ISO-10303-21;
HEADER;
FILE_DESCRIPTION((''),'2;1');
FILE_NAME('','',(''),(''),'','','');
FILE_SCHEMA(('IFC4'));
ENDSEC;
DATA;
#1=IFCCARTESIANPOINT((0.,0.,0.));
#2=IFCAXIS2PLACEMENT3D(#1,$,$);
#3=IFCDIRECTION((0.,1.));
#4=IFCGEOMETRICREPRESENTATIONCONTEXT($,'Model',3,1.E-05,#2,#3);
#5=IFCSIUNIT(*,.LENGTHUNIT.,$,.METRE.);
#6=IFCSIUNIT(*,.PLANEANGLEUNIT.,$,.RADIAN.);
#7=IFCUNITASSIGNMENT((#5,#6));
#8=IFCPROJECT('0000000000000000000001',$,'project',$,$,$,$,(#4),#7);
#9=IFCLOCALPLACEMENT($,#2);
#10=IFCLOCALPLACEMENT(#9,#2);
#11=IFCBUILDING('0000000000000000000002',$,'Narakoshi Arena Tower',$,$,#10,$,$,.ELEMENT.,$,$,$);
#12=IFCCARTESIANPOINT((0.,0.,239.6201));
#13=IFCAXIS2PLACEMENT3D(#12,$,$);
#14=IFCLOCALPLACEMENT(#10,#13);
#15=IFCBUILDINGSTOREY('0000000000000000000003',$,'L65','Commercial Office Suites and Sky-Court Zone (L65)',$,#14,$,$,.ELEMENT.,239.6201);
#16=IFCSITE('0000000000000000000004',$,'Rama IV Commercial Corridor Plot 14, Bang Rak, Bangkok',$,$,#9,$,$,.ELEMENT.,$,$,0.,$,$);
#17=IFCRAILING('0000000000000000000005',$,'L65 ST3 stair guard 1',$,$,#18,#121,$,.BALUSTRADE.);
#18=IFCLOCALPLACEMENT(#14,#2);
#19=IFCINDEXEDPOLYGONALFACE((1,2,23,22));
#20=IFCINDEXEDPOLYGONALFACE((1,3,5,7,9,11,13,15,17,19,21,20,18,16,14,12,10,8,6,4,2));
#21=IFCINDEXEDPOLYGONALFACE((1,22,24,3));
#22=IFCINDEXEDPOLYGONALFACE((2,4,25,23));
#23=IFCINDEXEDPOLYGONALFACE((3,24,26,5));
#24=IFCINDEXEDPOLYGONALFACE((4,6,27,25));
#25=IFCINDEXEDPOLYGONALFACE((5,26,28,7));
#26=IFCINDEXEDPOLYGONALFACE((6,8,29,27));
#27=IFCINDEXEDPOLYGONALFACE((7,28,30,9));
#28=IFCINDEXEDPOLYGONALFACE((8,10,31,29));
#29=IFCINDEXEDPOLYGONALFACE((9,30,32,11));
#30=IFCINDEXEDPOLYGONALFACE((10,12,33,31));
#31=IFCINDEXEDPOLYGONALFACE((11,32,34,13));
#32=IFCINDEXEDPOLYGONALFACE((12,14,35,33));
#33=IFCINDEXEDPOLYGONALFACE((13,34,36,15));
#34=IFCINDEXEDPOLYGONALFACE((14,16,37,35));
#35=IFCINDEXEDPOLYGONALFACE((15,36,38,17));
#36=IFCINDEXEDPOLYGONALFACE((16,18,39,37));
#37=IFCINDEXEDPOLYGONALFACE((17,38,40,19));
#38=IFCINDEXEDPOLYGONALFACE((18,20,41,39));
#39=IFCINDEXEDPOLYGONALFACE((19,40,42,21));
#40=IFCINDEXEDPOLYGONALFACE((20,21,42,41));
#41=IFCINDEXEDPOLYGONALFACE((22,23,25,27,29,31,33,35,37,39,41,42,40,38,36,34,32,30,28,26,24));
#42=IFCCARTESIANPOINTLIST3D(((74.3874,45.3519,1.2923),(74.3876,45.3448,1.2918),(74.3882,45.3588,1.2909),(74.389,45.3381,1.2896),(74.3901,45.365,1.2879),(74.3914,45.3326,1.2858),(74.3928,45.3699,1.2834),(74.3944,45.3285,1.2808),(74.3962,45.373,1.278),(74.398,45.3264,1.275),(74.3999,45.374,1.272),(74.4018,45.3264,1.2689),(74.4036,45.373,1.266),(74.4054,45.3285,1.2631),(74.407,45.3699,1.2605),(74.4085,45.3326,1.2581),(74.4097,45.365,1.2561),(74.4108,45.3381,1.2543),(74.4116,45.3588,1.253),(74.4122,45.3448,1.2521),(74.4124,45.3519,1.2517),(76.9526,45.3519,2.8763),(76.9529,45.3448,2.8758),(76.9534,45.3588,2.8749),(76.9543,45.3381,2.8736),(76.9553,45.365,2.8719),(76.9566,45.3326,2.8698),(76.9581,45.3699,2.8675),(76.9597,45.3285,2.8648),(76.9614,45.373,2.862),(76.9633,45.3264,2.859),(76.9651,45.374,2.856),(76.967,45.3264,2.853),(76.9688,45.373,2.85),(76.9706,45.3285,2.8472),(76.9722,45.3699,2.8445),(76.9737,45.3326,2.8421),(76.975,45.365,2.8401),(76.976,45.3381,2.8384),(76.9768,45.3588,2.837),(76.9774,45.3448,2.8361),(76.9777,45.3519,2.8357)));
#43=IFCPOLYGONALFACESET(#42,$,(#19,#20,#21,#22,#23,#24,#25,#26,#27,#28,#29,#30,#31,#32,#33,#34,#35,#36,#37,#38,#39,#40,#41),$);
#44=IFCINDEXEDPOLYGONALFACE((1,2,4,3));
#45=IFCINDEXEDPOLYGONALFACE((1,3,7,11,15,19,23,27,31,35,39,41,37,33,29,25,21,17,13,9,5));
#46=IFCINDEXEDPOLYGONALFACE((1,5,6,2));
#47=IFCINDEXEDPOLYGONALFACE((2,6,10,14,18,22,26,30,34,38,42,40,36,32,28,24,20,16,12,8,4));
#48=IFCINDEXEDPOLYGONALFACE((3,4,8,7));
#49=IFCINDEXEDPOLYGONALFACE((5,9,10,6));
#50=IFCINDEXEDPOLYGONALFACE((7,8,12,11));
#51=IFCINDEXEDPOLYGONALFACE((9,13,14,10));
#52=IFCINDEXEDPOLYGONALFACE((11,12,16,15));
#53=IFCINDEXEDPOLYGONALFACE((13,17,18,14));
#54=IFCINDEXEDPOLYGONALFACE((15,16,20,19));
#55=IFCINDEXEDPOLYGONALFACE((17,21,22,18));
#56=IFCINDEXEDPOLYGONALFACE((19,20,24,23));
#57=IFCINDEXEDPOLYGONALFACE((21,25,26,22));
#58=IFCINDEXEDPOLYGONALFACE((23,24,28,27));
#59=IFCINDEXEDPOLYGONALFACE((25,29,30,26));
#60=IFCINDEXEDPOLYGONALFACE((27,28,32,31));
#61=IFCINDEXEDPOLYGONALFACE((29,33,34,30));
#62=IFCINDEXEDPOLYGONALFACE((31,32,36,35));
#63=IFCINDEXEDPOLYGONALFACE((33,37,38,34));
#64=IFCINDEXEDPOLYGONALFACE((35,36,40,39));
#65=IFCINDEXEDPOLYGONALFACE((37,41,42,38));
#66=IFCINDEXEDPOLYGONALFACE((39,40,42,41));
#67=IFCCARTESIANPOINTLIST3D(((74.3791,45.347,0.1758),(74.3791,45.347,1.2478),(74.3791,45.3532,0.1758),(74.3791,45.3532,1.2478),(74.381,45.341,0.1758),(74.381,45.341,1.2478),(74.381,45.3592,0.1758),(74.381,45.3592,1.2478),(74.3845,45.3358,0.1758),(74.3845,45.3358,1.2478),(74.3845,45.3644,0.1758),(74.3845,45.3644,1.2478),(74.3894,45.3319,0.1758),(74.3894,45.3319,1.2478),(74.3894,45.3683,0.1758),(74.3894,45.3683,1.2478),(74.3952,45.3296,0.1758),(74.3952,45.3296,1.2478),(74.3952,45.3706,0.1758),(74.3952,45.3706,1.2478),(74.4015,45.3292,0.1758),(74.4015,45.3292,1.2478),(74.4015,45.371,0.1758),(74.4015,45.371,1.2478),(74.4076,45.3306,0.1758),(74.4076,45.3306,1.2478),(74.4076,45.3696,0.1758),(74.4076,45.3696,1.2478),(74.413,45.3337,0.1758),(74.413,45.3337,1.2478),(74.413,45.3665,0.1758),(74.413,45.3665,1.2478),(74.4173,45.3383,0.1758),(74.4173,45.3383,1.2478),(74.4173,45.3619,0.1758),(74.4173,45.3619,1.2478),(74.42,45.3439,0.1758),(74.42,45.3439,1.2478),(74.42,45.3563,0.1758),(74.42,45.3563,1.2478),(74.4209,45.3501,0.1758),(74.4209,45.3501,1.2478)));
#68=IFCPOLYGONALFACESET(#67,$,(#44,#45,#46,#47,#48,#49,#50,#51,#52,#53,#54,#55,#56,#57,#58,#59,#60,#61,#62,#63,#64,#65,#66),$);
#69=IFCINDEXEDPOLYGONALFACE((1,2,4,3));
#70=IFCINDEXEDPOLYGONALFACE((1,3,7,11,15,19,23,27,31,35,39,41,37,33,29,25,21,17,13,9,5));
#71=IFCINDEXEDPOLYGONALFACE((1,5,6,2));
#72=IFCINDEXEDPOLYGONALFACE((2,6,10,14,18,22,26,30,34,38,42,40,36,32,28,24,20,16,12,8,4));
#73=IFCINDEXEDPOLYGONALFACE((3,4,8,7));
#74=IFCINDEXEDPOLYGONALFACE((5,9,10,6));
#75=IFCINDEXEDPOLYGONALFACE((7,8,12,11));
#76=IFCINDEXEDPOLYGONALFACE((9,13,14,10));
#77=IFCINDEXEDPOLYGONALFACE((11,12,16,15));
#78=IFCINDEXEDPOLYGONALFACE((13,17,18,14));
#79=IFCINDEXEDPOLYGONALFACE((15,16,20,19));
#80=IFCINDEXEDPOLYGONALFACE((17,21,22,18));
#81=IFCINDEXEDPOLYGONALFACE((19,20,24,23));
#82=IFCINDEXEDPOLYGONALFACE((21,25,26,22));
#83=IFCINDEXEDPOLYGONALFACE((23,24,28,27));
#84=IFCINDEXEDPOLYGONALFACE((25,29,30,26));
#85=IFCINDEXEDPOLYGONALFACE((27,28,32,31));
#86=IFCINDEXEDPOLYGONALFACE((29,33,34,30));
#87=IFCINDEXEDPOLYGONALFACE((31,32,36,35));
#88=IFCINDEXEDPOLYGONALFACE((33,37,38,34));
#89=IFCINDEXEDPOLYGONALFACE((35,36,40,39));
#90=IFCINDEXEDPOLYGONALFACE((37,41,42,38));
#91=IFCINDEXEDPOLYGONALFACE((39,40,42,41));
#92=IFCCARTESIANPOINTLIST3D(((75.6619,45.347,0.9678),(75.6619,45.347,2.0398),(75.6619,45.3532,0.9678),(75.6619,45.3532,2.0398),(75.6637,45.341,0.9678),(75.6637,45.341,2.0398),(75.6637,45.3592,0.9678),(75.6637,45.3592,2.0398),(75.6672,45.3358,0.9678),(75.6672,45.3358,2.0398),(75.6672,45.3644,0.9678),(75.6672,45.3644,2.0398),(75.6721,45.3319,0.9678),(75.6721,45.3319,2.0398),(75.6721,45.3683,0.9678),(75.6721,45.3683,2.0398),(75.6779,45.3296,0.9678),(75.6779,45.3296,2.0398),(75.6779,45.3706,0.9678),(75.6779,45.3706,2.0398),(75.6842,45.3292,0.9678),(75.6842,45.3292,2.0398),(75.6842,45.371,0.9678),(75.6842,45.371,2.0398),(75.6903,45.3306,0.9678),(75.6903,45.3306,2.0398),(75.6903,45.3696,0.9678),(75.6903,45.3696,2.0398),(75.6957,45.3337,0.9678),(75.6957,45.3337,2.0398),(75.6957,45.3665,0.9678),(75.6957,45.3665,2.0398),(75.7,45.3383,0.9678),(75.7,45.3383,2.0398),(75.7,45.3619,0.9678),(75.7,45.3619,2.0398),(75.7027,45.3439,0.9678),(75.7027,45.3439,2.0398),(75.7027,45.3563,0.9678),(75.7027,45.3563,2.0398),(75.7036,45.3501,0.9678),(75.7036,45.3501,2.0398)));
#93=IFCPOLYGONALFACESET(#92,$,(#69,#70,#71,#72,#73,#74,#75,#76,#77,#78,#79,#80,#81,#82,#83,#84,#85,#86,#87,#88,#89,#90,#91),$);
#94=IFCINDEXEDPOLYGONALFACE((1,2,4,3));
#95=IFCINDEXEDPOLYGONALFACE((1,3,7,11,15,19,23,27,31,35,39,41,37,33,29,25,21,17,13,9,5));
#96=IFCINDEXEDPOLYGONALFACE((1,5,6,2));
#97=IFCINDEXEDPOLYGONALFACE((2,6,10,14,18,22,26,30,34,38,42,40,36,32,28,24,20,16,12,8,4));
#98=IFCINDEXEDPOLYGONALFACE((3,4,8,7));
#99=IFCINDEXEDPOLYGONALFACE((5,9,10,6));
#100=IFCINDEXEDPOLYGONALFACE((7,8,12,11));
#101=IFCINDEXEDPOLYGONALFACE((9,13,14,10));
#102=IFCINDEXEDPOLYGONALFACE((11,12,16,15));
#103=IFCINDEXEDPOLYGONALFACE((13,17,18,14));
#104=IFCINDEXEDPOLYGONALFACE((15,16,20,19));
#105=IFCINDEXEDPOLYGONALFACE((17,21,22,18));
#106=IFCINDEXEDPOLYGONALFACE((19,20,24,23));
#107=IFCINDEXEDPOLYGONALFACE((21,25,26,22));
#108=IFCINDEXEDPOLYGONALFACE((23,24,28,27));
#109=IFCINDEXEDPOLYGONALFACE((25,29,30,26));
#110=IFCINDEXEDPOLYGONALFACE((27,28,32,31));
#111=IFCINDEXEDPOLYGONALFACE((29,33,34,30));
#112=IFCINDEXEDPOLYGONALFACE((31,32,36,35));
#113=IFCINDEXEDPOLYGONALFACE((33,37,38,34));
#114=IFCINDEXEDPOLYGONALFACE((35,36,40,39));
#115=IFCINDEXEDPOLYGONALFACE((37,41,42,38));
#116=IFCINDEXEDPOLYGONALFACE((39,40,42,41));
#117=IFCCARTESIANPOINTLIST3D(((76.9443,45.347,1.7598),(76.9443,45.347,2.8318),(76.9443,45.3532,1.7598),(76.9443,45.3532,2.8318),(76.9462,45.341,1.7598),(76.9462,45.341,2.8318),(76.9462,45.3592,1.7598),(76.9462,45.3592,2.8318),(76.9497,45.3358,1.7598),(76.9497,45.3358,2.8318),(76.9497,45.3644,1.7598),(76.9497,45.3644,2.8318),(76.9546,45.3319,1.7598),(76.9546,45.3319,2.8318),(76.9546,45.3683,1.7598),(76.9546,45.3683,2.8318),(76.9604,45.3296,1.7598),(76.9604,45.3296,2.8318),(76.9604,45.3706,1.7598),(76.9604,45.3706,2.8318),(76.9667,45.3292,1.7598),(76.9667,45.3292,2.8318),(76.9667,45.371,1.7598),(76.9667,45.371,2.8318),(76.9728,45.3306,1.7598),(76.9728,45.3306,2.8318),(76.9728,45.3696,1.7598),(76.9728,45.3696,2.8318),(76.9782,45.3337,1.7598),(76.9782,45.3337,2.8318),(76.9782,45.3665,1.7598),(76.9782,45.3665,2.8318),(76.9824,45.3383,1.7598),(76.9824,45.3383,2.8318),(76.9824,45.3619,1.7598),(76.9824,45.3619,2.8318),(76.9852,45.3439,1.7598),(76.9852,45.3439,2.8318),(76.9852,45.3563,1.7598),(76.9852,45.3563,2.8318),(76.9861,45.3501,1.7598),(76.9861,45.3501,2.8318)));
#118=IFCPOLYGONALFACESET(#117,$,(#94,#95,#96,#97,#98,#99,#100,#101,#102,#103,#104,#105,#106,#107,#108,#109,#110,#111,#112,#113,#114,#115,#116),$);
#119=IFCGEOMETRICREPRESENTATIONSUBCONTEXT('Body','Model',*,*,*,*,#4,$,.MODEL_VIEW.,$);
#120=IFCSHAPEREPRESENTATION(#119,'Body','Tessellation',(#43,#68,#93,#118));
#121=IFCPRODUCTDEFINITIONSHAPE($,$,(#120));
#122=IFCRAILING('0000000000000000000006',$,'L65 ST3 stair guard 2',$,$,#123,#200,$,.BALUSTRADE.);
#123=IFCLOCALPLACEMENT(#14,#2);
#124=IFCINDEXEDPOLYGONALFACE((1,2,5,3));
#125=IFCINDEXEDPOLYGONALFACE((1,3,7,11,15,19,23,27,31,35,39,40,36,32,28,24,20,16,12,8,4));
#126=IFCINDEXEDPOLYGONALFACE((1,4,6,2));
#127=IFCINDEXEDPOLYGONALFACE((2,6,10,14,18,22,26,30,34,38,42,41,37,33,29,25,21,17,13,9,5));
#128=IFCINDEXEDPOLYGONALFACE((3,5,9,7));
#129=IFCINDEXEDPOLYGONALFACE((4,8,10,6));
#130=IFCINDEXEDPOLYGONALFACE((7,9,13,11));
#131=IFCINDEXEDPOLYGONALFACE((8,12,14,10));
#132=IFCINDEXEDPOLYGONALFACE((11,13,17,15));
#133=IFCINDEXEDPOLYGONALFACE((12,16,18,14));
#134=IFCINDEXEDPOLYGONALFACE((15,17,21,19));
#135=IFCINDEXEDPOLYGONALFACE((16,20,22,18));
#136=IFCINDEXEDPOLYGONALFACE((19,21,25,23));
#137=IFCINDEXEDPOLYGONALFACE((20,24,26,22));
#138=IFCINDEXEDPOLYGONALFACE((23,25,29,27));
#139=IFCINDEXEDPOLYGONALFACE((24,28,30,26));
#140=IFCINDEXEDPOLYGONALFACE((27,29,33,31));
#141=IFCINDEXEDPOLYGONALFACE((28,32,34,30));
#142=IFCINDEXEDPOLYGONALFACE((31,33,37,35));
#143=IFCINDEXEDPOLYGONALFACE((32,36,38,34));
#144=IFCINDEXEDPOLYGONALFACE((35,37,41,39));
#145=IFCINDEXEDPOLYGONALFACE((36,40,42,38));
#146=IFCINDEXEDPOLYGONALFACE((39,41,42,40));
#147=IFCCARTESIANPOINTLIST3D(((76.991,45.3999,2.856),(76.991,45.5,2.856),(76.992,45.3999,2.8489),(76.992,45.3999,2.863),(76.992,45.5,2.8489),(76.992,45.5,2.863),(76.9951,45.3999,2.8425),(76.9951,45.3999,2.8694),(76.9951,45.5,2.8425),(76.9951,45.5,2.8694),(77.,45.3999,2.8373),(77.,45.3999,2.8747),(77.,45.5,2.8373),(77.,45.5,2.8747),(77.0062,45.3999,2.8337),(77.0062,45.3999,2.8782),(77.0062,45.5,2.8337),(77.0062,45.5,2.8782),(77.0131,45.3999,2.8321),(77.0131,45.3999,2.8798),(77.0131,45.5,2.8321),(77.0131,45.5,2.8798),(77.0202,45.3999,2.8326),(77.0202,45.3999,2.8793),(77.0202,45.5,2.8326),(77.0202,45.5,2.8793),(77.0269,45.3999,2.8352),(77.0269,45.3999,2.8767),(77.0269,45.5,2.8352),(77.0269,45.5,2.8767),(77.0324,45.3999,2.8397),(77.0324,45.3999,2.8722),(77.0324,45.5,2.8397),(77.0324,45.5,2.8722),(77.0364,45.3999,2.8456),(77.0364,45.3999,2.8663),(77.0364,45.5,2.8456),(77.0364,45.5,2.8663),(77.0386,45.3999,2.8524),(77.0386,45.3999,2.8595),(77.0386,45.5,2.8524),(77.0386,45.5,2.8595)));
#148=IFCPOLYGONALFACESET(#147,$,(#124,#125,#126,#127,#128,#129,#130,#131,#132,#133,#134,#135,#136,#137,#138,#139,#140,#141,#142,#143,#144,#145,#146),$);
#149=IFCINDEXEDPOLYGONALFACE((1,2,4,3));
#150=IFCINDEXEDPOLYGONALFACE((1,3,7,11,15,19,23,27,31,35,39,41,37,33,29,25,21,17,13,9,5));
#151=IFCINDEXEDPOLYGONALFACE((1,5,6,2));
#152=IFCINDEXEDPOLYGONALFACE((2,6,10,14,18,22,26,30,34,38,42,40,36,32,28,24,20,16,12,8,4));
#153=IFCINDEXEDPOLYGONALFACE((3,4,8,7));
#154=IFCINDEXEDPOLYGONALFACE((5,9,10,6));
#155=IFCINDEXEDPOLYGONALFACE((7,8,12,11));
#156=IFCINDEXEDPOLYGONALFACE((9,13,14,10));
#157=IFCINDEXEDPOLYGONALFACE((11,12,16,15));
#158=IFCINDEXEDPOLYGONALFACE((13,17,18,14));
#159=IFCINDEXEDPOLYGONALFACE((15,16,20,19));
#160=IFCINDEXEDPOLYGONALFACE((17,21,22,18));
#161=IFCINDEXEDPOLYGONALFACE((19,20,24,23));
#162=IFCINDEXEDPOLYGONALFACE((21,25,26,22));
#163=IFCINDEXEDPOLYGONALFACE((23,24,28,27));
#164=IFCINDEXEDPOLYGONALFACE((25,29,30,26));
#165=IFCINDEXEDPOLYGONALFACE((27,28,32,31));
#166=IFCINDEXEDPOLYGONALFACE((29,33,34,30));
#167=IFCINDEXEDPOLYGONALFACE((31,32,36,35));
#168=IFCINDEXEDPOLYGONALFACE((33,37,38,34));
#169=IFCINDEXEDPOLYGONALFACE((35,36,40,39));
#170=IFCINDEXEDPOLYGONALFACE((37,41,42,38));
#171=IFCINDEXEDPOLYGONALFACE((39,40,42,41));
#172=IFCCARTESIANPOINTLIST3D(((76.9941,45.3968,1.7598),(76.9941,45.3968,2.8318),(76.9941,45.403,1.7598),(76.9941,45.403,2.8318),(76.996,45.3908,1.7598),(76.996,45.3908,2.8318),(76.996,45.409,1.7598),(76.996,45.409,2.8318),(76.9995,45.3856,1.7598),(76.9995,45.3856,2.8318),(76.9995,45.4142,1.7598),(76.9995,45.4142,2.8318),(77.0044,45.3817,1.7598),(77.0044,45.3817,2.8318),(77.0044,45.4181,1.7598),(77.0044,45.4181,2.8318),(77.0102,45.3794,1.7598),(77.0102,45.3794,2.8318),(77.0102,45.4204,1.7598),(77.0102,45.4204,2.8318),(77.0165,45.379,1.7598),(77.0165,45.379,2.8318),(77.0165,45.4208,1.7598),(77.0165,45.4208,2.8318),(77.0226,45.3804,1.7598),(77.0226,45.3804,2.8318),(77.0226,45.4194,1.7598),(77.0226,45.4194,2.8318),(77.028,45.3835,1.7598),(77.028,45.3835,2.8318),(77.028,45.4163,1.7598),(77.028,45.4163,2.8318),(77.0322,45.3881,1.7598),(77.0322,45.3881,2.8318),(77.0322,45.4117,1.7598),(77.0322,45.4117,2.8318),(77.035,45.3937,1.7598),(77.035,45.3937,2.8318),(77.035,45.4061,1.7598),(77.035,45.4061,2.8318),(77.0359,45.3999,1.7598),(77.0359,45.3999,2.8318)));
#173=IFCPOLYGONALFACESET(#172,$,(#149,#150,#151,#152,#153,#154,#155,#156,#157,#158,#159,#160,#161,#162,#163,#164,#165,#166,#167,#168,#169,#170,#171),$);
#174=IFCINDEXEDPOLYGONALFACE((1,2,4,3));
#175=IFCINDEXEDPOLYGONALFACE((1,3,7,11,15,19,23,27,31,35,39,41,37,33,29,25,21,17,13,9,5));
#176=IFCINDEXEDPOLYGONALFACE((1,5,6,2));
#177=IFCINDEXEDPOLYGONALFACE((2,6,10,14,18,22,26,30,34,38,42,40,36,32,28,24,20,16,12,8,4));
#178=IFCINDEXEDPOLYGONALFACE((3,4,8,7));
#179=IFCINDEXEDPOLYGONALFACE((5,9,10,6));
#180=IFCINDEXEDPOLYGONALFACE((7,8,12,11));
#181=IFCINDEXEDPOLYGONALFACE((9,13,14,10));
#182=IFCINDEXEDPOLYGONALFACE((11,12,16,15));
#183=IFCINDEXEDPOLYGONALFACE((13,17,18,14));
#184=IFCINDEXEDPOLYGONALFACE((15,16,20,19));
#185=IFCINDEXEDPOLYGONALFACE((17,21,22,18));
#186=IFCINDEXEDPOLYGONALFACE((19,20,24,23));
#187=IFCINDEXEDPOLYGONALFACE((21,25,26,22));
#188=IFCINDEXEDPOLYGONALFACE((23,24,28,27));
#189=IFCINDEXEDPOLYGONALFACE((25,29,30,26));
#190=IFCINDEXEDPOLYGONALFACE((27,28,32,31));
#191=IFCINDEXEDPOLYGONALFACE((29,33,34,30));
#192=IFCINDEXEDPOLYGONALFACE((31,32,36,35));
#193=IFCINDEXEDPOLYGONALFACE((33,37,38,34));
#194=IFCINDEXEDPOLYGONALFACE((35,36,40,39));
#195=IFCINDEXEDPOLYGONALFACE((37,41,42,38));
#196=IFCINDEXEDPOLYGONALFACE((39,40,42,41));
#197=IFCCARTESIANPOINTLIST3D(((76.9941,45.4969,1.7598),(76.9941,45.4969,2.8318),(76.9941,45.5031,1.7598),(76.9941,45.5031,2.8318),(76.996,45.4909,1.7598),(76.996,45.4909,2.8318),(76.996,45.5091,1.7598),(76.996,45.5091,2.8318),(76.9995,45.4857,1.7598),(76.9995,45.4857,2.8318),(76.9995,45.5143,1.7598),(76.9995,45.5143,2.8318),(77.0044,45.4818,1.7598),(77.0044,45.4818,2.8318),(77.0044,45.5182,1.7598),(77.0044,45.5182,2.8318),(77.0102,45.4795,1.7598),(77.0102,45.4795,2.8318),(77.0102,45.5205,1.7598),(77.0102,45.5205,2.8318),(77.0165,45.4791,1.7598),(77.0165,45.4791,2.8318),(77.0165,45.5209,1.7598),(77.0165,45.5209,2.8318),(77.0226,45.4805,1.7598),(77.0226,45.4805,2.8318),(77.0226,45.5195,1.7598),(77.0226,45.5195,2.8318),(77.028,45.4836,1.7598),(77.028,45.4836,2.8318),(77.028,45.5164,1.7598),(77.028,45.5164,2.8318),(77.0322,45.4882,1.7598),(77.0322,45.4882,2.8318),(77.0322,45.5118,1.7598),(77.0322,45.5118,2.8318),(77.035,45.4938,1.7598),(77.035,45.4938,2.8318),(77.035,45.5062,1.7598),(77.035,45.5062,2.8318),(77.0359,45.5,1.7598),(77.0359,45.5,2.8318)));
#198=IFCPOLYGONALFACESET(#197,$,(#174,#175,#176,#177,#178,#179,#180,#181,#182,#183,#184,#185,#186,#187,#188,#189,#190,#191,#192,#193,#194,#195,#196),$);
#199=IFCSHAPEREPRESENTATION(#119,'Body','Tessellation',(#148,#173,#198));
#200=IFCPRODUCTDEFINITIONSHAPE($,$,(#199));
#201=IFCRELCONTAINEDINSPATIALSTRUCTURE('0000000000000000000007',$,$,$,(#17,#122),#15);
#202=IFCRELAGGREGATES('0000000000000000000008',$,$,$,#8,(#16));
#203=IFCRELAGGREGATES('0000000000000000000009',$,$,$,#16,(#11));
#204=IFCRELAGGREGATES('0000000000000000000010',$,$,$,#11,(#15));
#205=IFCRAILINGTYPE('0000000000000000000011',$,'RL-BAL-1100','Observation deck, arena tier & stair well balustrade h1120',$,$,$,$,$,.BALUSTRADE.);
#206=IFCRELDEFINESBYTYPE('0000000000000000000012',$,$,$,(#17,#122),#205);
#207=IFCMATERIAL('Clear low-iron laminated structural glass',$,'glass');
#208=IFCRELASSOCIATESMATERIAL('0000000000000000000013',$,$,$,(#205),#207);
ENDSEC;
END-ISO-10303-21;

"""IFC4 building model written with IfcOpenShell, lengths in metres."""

from ifc_helpers import new_model, si_unit, direction, frame, origin, origin_2d, place, context, subcontext, project, spatial, circle, extrude, material, type_object, element, save


model = new_model("IFC4")

# Units and contexts
model_context = context("Model", 3, precision=1e-05, world=origin(), true_north=direction((0.0, 1.0)))
body_context = subcontext(model_context, "Body", "Model", "MODEL_VIEW")
ifc_project = project(units=[si_unit("LENGTHUNIT", "METRE"), si_unit("PLANEANGLEUNIT", "RADIAN")], contexts=[model_context])

# Site, building, storey
site_placement = place(None, origin())
site = spatial("IfcSite", under=ifc_project, at=site_placement, Name="Rama IV Commercial Corridor Plot 14, Bang Rak, Bangkok", CompositionType="ELEMENT", RefElevation=0.0)
building_placement = place(site_placement, origin())
building = spatial("IfcBuilding", under=site, at=building_placement, Name="Narakoshi Arena Tower", CompositionType="ELEMENT")
storey_placement = place(building_placement, frame((0.0, 0.0, 239.6201)))
storey = spatial("IfcBuildingStorey", under=building, at=storey_placement, Name="L65", Description="Commercial Office Suites and Sky-Court Zone (L65)", CompositionType="ELEMENT", Elevation=239.6201)

# Railings
ifc_material_1 = material(Name="Clear low-iron laminated structural glass", Category="glass")
railing_type_1 = type_object("IfcRailingType", Name="RL-BAL-1100", Description="Observation deck, arena tier & stair well balustrade h1120", PredefinedType="BALUSTRADE", material=ifc_material_1)
railing_1_placement = place(storey_placement, frame((74.3999, 45.3501, 0.1758)))
element("IfcRailing", 1, at=railing_1_placement, inside=storey, type_object=railing_type_1, Name="L65 ST3 stair guard 1", PredefinedType="BALUSTRADE", context=body_context, shape_type="SweptSolid", body=[
    extrude(circle(Radius=0.0239, at=origin_2d()), frame((0.0, 0.0, 1.0962), z_axis=(0.850857, 0.0, 0.525398), x_axis=(0.0, 1.0, 0.0)), (0.0, 0.0, 1.0), 3.0149),
    extrude(circle(Radius=0.021, at=origin_2d()), origin(), (0.0, 0.0, 1.0), 1.072),
    extrude(circle(Radius=0.021, at=origin_2d()), frame((1.2827, 0.0, 0.792)), (0.0, 0.0, 1.0), 1.072),
    extrude(circle(Radius=0.021, at=origin_2d()), frame((2.5652, 0.0, 1.584)), (0.0, 0.0, 1.0), 1.072),
])
railing_2_placement = place(storey_placement, frame((77.0149, 45.3999, 1.7598)))
element("IfcRailing", 2, at=railing_2_placement, inside=storey, type_object=railing_type_1, Name="L65 ST3 stair guard 2", PredefinedType="BALUSTRADE", context=body_context, shape_type="SweptSolid", body=[
    extrude(circle(Radius=0.0239, at=origin_2d()), frame((0.0, 0.0, 1.0962), z_axis=(0.0, 1.0, 0.0), x_axis=(-1.0, 0.0, 0.0)), (0.0, 0.0, 1.0), 0.1001),
    extrude(circle(Radius=0.021, at=origin_2d()), origin(), (0.0, 0.0, 1.0), 1.072),
    extrude(circle(Radius=0.021, at=origin_2d()), frame((0.0, 0.1001, 0.0)), (0.0, 0.0, 1.0), 1.072),
])

save(model, "model.ifc")
